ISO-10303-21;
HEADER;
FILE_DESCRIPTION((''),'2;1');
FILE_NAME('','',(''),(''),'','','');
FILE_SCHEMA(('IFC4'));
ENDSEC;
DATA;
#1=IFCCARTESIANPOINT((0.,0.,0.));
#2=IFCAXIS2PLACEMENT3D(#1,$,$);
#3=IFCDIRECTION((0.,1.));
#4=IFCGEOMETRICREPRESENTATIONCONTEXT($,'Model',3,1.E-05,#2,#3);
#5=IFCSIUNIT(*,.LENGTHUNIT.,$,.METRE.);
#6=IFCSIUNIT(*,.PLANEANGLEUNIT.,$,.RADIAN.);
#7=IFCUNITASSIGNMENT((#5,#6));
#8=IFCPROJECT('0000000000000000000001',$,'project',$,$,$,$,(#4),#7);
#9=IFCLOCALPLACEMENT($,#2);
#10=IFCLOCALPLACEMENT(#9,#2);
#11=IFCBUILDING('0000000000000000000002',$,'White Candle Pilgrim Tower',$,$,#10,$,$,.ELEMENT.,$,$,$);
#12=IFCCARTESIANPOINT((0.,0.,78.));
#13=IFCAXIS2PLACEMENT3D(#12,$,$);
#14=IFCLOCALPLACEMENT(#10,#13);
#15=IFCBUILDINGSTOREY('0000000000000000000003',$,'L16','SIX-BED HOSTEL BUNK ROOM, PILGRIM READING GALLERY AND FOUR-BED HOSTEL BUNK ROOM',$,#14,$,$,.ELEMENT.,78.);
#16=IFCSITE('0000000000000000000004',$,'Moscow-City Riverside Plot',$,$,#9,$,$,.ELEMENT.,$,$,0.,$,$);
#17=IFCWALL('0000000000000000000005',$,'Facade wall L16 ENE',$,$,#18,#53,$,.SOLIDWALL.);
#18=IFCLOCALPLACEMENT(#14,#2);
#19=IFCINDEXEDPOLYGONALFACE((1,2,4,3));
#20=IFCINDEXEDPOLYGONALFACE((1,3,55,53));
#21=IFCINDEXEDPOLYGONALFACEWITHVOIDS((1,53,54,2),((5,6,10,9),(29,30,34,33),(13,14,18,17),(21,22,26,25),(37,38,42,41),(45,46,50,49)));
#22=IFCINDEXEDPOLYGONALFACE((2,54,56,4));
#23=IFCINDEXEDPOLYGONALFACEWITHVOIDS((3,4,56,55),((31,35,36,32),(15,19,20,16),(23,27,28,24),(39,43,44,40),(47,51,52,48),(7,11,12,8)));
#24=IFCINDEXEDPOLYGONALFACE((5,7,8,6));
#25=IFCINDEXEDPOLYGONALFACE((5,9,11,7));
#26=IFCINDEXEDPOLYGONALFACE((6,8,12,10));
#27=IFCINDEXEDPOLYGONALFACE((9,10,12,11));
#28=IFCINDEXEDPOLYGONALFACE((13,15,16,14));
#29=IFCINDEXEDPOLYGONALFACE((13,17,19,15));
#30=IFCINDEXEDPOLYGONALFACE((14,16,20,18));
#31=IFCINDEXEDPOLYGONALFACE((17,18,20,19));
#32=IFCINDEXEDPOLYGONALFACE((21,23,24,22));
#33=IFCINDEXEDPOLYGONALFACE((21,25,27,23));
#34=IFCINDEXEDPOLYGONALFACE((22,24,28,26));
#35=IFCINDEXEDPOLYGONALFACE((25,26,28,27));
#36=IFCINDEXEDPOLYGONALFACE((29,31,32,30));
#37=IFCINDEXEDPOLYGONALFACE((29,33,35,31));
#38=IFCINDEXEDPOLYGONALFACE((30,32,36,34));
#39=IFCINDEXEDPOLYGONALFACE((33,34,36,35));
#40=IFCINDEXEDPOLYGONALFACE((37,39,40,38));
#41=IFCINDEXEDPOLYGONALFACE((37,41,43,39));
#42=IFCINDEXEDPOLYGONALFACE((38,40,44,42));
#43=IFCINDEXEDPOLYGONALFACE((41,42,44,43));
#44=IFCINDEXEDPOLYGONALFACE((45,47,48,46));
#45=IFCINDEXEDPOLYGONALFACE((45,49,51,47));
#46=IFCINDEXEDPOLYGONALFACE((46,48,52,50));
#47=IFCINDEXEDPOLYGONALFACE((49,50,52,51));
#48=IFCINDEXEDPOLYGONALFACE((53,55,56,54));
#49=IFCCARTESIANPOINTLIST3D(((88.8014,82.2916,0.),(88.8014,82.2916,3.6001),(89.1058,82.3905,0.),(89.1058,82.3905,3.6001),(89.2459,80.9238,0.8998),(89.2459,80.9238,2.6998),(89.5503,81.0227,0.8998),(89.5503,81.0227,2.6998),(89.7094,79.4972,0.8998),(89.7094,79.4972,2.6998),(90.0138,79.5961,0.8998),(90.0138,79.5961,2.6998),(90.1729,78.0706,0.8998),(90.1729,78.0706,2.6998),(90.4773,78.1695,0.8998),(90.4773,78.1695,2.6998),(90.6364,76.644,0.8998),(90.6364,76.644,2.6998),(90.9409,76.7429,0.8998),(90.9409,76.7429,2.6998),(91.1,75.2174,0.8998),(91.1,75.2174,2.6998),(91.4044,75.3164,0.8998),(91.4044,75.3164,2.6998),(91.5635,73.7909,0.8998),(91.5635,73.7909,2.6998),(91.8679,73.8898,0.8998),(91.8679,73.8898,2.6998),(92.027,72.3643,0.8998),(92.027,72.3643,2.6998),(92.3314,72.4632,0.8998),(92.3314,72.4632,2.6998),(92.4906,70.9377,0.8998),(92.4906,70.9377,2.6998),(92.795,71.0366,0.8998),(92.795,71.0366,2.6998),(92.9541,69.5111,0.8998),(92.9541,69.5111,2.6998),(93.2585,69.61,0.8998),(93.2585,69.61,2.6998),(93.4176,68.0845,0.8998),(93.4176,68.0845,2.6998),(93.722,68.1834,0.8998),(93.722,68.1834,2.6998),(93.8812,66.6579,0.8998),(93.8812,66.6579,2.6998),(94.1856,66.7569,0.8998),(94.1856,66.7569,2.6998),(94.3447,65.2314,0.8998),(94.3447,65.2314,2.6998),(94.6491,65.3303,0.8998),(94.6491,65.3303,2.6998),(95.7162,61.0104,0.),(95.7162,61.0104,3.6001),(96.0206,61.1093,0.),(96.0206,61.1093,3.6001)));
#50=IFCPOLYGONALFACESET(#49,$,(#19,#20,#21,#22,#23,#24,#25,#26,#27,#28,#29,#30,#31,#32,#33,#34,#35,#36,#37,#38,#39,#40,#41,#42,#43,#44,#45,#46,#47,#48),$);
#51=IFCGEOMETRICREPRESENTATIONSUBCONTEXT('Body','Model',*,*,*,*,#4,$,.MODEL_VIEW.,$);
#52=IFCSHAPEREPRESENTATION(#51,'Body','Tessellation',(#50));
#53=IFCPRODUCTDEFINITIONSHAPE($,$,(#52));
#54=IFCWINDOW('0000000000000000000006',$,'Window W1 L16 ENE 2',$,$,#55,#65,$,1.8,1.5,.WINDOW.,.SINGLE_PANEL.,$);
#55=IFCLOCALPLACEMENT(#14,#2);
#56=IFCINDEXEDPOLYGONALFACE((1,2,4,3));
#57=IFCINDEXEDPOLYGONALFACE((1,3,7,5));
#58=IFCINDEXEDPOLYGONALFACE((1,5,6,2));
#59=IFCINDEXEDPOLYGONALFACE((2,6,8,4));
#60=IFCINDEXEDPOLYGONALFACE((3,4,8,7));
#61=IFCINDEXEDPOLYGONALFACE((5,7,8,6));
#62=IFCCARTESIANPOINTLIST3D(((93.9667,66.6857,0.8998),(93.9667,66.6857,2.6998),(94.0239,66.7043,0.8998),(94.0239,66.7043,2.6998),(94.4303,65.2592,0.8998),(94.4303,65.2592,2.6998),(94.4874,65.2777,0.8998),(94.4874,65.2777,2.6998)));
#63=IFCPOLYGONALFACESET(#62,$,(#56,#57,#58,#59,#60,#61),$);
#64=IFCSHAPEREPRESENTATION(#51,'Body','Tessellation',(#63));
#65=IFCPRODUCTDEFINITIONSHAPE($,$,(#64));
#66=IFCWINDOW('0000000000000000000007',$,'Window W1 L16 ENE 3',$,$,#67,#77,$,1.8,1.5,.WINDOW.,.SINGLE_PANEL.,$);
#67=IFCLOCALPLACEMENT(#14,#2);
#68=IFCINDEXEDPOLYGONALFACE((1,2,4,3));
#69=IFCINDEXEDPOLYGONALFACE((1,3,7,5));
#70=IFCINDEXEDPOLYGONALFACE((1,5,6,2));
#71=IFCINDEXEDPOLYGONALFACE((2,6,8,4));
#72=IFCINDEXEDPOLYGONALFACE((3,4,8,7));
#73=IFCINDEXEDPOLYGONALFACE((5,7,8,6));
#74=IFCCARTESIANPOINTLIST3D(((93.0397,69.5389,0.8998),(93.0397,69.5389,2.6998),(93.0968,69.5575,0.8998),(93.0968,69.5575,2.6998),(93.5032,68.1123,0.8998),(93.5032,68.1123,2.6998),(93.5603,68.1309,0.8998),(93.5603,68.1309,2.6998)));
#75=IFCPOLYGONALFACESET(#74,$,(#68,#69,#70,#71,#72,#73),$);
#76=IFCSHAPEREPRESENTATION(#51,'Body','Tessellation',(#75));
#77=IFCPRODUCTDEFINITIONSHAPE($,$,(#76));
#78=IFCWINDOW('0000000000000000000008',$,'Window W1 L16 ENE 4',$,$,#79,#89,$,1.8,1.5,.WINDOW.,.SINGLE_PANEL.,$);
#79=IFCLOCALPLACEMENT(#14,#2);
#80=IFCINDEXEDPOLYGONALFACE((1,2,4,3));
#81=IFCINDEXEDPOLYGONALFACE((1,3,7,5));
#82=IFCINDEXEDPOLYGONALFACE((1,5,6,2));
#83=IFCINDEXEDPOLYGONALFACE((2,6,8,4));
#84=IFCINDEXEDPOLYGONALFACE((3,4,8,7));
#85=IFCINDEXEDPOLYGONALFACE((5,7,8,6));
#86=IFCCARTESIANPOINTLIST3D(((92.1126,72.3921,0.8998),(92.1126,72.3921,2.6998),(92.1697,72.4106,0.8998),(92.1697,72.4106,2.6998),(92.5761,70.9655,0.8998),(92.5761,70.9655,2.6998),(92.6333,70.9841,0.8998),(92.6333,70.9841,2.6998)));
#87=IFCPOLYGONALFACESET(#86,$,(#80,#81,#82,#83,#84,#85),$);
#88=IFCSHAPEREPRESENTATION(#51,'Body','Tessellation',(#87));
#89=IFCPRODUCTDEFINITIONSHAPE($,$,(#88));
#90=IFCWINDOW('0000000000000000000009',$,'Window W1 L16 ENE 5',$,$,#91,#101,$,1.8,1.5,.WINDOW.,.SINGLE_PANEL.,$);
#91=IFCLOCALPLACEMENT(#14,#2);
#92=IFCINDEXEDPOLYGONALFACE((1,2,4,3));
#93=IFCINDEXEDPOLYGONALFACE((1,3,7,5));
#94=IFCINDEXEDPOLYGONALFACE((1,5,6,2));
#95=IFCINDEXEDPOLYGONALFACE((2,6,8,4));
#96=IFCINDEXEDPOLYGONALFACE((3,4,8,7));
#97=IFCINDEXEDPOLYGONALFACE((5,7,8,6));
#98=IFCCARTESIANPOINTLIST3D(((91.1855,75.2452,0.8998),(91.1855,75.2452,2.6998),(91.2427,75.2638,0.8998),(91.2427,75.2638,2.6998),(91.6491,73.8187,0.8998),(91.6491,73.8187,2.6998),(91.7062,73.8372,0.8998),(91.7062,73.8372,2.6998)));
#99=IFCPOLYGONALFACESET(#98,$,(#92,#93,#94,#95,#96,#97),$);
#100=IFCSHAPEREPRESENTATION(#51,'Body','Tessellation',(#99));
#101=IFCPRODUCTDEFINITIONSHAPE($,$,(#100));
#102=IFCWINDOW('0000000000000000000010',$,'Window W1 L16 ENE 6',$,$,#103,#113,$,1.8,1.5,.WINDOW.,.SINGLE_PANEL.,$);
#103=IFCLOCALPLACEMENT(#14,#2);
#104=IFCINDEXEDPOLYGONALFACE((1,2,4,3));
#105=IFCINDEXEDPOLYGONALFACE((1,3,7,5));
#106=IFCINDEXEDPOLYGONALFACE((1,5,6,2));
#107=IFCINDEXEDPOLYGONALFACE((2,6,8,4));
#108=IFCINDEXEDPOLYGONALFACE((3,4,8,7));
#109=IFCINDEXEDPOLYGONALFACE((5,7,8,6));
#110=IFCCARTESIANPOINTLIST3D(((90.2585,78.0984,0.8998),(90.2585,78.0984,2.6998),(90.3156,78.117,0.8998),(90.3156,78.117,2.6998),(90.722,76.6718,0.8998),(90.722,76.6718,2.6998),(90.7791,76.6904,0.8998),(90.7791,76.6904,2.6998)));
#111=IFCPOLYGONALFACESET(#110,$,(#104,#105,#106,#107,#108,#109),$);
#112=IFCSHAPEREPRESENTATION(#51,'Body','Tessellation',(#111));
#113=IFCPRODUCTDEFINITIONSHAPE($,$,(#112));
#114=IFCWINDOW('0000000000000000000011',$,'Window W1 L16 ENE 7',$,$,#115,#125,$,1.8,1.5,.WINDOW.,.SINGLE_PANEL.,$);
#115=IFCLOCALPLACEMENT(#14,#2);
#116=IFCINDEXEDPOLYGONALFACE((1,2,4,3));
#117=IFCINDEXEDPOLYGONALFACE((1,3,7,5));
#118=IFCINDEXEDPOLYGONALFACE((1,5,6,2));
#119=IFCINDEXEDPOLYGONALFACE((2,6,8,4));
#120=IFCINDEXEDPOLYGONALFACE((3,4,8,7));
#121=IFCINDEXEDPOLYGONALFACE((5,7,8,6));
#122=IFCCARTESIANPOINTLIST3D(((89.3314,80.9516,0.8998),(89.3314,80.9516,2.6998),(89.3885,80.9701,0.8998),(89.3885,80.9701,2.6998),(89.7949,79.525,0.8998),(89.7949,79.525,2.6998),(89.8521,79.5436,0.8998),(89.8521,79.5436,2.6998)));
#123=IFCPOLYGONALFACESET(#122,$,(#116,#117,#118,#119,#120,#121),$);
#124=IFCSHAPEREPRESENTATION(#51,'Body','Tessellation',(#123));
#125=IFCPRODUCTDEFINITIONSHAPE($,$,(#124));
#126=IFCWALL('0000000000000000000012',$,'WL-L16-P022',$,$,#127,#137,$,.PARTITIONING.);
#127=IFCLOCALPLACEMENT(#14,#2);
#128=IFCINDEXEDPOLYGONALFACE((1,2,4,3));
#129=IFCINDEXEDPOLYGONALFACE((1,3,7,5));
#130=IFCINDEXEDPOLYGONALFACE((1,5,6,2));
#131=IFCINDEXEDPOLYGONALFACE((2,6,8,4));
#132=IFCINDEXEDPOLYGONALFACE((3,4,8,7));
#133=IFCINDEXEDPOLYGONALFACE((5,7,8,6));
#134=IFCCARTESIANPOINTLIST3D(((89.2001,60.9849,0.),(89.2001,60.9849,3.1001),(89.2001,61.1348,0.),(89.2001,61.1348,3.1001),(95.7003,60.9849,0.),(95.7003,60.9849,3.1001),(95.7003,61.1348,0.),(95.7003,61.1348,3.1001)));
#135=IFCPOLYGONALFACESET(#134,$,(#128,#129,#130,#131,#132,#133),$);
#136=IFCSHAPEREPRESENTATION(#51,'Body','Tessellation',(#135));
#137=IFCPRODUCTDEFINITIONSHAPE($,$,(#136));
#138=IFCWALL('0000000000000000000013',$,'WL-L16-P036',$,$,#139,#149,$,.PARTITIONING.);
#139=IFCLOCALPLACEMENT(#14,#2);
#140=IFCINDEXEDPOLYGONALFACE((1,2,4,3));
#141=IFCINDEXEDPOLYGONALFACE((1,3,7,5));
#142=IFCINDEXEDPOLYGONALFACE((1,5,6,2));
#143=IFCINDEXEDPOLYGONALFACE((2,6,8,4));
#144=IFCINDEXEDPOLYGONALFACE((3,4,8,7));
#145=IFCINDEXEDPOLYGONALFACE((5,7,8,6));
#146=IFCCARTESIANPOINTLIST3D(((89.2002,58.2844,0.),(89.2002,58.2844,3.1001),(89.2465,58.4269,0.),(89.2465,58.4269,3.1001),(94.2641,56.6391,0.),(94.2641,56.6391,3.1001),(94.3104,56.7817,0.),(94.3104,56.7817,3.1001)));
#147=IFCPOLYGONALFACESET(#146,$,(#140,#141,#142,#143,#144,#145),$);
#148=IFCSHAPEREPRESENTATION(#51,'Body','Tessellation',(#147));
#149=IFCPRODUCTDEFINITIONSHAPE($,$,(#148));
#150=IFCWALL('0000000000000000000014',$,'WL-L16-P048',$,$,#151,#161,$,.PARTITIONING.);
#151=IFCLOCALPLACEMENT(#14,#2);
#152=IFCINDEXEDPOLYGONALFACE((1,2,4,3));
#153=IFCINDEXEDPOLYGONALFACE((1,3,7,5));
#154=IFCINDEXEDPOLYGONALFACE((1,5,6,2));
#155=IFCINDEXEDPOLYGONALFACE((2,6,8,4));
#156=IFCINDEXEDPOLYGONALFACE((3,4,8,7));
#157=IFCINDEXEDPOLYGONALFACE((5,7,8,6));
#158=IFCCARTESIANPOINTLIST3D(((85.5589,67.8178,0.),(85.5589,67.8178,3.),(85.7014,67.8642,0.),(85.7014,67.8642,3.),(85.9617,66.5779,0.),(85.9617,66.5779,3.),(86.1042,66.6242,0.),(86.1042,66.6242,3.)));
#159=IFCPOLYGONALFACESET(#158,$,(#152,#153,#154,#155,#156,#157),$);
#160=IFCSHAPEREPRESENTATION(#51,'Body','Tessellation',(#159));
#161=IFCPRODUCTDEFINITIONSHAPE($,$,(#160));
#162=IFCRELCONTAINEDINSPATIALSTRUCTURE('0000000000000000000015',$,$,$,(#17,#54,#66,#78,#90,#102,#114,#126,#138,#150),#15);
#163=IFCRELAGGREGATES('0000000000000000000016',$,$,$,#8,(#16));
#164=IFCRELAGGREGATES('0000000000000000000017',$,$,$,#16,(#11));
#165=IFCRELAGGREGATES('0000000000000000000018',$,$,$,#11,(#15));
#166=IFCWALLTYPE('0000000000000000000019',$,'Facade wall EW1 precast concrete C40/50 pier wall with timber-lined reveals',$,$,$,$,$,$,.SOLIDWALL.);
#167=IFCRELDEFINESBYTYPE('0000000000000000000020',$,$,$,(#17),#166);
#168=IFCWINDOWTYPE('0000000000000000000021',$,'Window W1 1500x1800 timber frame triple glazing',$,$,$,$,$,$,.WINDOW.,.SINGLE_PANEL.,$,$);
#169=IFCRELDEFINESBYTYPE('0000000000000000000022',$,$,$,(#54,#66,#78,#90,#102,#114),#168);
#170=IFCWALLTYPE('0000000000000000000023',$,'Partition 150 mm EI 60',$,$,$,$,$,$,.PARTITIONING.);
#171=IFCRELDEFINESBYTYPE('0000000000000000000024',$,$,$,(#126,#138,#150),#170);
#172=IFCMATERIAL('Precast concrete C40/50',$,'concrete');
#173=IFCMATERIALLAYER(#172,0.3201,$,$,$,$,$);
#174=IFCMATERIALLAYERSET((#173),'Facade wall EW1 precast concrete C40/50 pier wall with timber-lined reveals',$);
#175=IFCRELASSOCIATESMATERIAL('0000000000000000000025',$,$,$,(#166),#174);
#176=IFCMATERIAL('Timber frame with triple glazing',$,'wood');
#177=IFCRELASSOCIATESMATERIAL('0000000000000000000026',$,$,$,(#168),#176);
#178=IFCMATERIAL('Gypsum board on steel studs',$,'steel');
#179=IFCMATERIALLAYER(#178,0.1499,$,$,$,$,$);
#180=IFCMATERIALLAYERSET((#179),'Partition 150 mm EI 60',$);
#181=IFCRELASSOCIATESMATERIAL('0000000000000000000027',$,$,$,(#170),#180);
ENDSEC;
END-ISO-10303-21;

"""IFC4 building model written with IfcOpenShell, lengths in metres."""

from ifc_helpers import new_model, si_unit, direction, frame, frame_2d, origin, place, context, subcontext, project, spatial, rectangle, extrude, material, layer, layer_set, type_object, element, fill, save


model = new_model("IFC4")

# Units and contexts
model_context = context("Model", 3, precision=1e-05, world=origin(), true_north=direction((0.0, 1.0)))
body_context = subcontext(model_context, "Body", "Model", "MODEL_VIEW")
ifc_project = project(units=[si_unit("LENGTHUNIT", "METRE"), si_unit("PLANEANGLEUNIT", "RADIAN")], contexts=[model_context])

# Site, building, storey
site_placement = place(None, origin())
site = spatial("IfcSite", under=ifc_project, at=site_placement, Name="Moscow-City Riverside Plot", CompositionType="ELEMENT", RefElevation=0.0)
building_placement = place(site_placement, origin())
building = spatial("IfcBuilding", under=site, at=building_placement, Name="White Candle Pilgrim Tower", CompositionType="ELEMENT")
storey_placement = place(building_placement, frame((0.0, 0.0, 78.0)))
storey = spatial("IfcBuildingStorey", under=building, at=storey_placement, Name="L16", Description="SIX-BED HOSTEL BUNK ROOM, PILGRIM READING GALLERY AND FOUR-BED HOSTEL BUNK ROOM", CompositionType="ELEMENT", Elevation=78.0)

# Shared definitions
ifc_material_1 = material(Name="Gypsum board on steel studs", Category="steel")

# Wall, openings, windows
ifc_material_2 = material(Name="Precast concrete C40/50", Category="concrete")
ifc_layer_1 = layer(ifc_material_2, 0.3201)
ifc_layer_set_1 = layer_set([ifc_layer_1], Name="Facade wall EW1 precast concrete C40/50 pier wall with timber-lined reveals")
wall_type_1 = type_object("IfcWallType", Name="Facade wall EW1 precast concrete C40/50 pier wall with timber-lined reveals", PredefinedType="SOLIDWALL", material=ifc_layer_set_1)
wall_1_placement = place(storey_placement, frame((95.8684, 61.0598, 0.0), z_axis=(0.0, 0.0, 1.0), x_axis=(-0.309021, 0.951055, 0.0)))
wall_1 = element("IfcWall", 1, at=wall_1_placement, inside=storey, type_object=wall_type_1, Name="Facade wall L16 ENE", PredefinedType="SOLIDWALL", context=body_context, shape_type="SweptSolid", body=[
    extrude(rectangle(XDim=22.3765, YDim=0.3201, at=frame_2d((11.1882, 0.0))), origin(), (0.0, 0.0, 1.0), 3.6001),
])
opening_1_placement = place(wall_1_placement, frame((4.4382, 0.0, 0.8999)))
opening_1 = element("IfcOpeningElement", 2, at=opening_1_placement, cuts=wall_1, PredefinedType="OPENING", context=body_context, shape_type="SweptSolid", body=[
    extrude(rectangle(XDim=1.5, YDim=1.8, at=frame_2d((0.75, 0.8999))), frame((0.0, 0.1699, 0.0), z_axis=(0.0, -1.0, 0.0), x_axis=(1.0, 0.0, 0.0)), (0.0, 0.0, 1.0), 0.3401),
])
opening_2_placement = place(wall_1_placement, frame((7.4382, 0.0, 0.8999)))
opening_2 = element("IfcOpeningElement", 3, at=opening_2_placement, cuts=wall_1, PredefinedType="OPENING", context=body_context, shape_type="SweptSolid", body=[
    extrude(rectangle(XDim=1.5, YDim=1.8, at=frame_2d((0.75, 0.8999))), frame((0.0, 0.1699, 0.0), z_axis=(0.0, -1.0, 0.0), x_axis=(1.0, 0.0, 0.0)), (0.0, 0.0, 1.0), 0.3401),
])
opening_3_placement = place(wall_1_placement, frame((10.4382, 0.0, 0.8999)))
opening_3 = element("IfcOpeningElement", 4, at=opening_3_placement, cuts=wall_1, PredefinedType="OPENING", context=body_context, shape_type="SweptSolid", body=[
    extrude(rectangle(XDim=1.5, YDim=1.8, at=frame_2d((0.75, 0.8999))), frame((0.0, 0.1699, 0.0), z_axis=(0.0, -1.0, 0.0), x_axis=(1.0, 0.0, 0.0)), (0.0, 0.0, 1.0), 0.3401),
])
opening_4_placement = place(wall_1_placement, frame((13.4382, 0.0, 0.8999)))
opening_4 = element("IfcOpeningElement", 5, at=opening_4_placement, cuts=wall_1, PredefinedType="OPENING", context=body_context, shape_type="SweptSolid", body=[
    extrude(rectangle(XDim=1.5, YDim=1.8, at=frame_2d((0.75, 0.8999))), frame((0.0, 0.1699, 0.0), z_axis=(0.0, -1.0, 0.0), x_axis=(1.0, 0.0, 0.0)), (0.0, 0.0, 1.0), 0.3401),
])
opening_5_placement = place(wall_1_placement, frame((16.4382, 0.0, 0.8999)))
opening_5 = element("IfcOpeningElement", 6, at=opening_5_placement, cuts=wall_1, PredefinedType="OPENING", context=body_context, shape_type="SweptSolid", body=[
    extrude(rectangle(XDim=1.5, YDim=1.8, at=frame_2d((0.75, 0.8999))), frame((0.0, 0.1699, 0.0), z_axis=(0.0, -1.0, 0.0), x_axis=(1.0, 0.0, 0.0)), (0.0, 0.0, 1.0), 0.3401),
])
opening_6_placement = place(wall_1_placement, frame((19.4382, 0.0, 0.8999)))
opening_6 = element("IfcOpeningElement", 7, at=opening_6_placement, cuts=wall_1, PredefinedType="OPENING", context=body_context, shape_type="SweptSolid", body=[
    extrude(rectangle(XDim=1.5, YDim=1.8, at=frame_2d((0.75, 0.8999))), frame((0.0, 0.1699, 0.0), z_axis=(0.0, -1.0, 0.0), x_axis=(1.0, 0.0, 0.0)), (0.0, 0.0, 1.0), 0.3401),
])
ifc_material_3 = material(Name="Timber frame with triple glazing", Category="wood")
window_type = type_object("IfcWindowType", Name="Window W1 1500x1800 timber frame triple glazing", PartitioningType="SINGLE_PANEL", PredefinedType="WINDOW", material=ifc_material_3)
window_1_placement = place(opening_1_placement, origin())
window_1 = element("IfcWindow", 8, at=window_1_placement, inside=storey, type_object=window_type, Name="Window W1 L16 ENE 2", OverallHeight=1.8, OverallWidth=1.5, PartitioningType="SINGLE_PANEL", PredefinedType="WINDOW", context=body_context, shape_type="SweptSolid", body=[
    extrude(rectangle(XDim=1.5, YDim=1.8, at=frame_2d((0.75, 0.8999))), frame((0.0, 0.0701, 0.0), z_axis=(0.0, -1.0, 0.0), x_axis=(1.0, 0.0, 0.0)), (0.0, 0.0, 1.0), 0.0601),
])
fill(opening_1, window_1)
window_2_placement = place(opening_2_placement, origin())
window_2 = element("IfcWindow", 9, at=window_2_placement, inside=storey, type_object=window_type, Name="Window W1 L16 ENE 3", OverallHeight=1.8, OverallWidth=1.5, PartitioningType="SINGLE_PANEL", PredefinedType="WINDOW", context=body_context, shape_type="SweptSolid", body=[
    extrude(rectangle(XDim=1.5, YDim=1.8, at=frame_2d((0.75, 0.8999))), frame((0.0, 0.0701, 0.0), z_axis=(0.0, -1.0, 0.0), x_axis=(1.0, 0.0, 0.0)), (0.0, 0.0, 1.0), 0.0601),
])
fill(opening_2, window_2)
window_3_placement = place(opening_3_placement, origin())
window_3 = element("IfcWindow", 10, at=window_3_placement, inside=storey, type_object=window_type, Name="Window W1 L16 ENE 4", OverallHeight=1.8, OverallWidth=1.5, PartitioningType="SINGLE_PANEL", PredefinedType="WINDOW", context=body_context, shape_type="SweptSolid", body=[
    extrude(rectangle(XDim=1.5, YDim=1.8, at=frame_2d((0.75, 0.8999))), frame((0.0, 0.0701, 0.0), z_axis=(0.0, -1.0, 0.0), x_axis=(1.0, 0.0, 0.0)), (0.0, 0.0, 1.0), 0.0601),
])
fill(opening_3, window_3)
window_4_placement = place(opening_4_placement, origin())
window_4 = element("IfcWindow", 11, at=window_4_placement, inside=storey, type_object=window_type, Name="Window W1 L16 ENE 5", OverallHeight=1.8, OverallWidth=1.5, PartitioningType="SINGLE_PANEL", PredefinedType="WINDOW", context=body_context, shape_type="SweptSolid", body=[
    extrude(rectangle(XDim=1.5, YDim=1.8, at=frame_2d((0.75, 0.8999))), frame((0.0, 0.0701, 0.0), z_axis=(0.0, -1.0, 0.0), x_axis=(1.0, 0.0, 0.0)), (0.0, 0.0, 1.0), 0.0601),
])
fill(opening_4, window_4)
window_5_placement = place(opening_5_placement, origin())
window_5 = element("IfcWindow", 12, at=window_5_placement, inside=storey, type_object=window_type, Name="Window W1 L16 ENE 6", OverallHeight=1.8, OverallWidth=1.5, PartitioningType="SINGLE_PANEL", PredefinedType="WINDOW", context=body_context, shape_type="SweptSolid", body=[
    extrude(rectangle(XDim=1.5, YDim=1.8, at=frame_2d((0.75, 0.8999))), frame((0.0, 0.0701, 0.0), z_axis=(0.0, -1.0, 0.0), x_axis=(1.0, 0.0, 0.0)), (0.0, 0.0, 1.0), 0.0601),
])
fill(opening_5, window_5)
window_6_placement = place(opening_6_placement, origin())
window_6 = element("IfcWindow", 13, at=window_6_placement, inside=storey, type_object=window_type, Name="Window W1 L16 ENE 7", OverallHeight=1.8, OverallWidth=1.5, PartitioningType="SINGLE_PANEL", PredefinedType="WINDOW", context=body_context, shape_type="SweptSolid", body=[
    extrude(rectangle(XDim=1.5, YDim=1.8, at=frame_2d((0.75, 0.8999))), frame((0.0, 0.0701, 0.0), z_axis=(0.0, -1.0, 0.0), x_axis=(1.0, 0.0, 0.0)), (0.0, 0.0, 1.0), 0.0601),
])
fill(opening_6, window_6)

# Walls
ifc_layer_2 = layer(ifc_material_1, 0.1499)
ifc_layer_set_2 = layer_set([ifc_layer_2], Name="Partition 150 mm EI 60")
wall_type_2 = type_object("IfcWallType", Name="Partition 150 mm EI 60", PredefinedType="PARTITIONING", material=ifc_layer_set_2)
wall_2_placement = place(storey_placement, frame((95.7002, 61.0598, 0.0), z_axis=(0.0, 0.0, 1.0), x_axis=(-1.0, 0.0, 0.0)))
element("IfcWall", 14, at=wall_2_placement, inside=storey, type_object=wall_type_2, Name="WL-L16-P022", PredefinedType="PARTITIONING", context=body_context, shape_type="SweptSolid", body=[
    extrude(rectangle(XDim=6.5002, YDim=0.1499, at=frame_2d((3.25, 0.0))), origin(), (0.0, 0.0, 1.0), 3.1001),
])
wall_3_placement = place(storey_placement, frame((94.2871, 56.7104, 0.0), z_axis=(0.0, 0.0, 1.0), x_axis=(-0.951063, 0.308997, 0.0)))
element("IfcWall", 15, at=wall_3_placement, inside=storey, type_object=wall_type_2, Name="WL-L16-P036", PredefinedType="PARTITIONING", context=body_context, shape_type="SweptSolid", body=[
    extrude(rectangle(XDim=5.3245, YDim=0.1499, at=frame_2d((2.6621, 0.0))), origin(), (0.0, 0.0, 1.0), 3.1001),
])
wall_4_placement = place(storey_placement, frame((86.033, 66.6011, 0.0), z_axis=(0.0, 0.0, 1.0), x_axis=(-0.308972, 0.951071, 0.0)))
element("IfcWall", 16, at=wall_4_placement, inside=storey, type_object=wall_type_2, Name="WL-L16-P048", PredefinedType="PARTITIONING", context=body_context, shape_type="SweptSolid", body=[
    extrude(rectangle(XDim=1.3037, YDim=0.1499, at=frame_2d((0.6519, 0.0))), origin(), (0.0, 0.0, 1.0), 3.0),
])

save(model, "model.ifc")
